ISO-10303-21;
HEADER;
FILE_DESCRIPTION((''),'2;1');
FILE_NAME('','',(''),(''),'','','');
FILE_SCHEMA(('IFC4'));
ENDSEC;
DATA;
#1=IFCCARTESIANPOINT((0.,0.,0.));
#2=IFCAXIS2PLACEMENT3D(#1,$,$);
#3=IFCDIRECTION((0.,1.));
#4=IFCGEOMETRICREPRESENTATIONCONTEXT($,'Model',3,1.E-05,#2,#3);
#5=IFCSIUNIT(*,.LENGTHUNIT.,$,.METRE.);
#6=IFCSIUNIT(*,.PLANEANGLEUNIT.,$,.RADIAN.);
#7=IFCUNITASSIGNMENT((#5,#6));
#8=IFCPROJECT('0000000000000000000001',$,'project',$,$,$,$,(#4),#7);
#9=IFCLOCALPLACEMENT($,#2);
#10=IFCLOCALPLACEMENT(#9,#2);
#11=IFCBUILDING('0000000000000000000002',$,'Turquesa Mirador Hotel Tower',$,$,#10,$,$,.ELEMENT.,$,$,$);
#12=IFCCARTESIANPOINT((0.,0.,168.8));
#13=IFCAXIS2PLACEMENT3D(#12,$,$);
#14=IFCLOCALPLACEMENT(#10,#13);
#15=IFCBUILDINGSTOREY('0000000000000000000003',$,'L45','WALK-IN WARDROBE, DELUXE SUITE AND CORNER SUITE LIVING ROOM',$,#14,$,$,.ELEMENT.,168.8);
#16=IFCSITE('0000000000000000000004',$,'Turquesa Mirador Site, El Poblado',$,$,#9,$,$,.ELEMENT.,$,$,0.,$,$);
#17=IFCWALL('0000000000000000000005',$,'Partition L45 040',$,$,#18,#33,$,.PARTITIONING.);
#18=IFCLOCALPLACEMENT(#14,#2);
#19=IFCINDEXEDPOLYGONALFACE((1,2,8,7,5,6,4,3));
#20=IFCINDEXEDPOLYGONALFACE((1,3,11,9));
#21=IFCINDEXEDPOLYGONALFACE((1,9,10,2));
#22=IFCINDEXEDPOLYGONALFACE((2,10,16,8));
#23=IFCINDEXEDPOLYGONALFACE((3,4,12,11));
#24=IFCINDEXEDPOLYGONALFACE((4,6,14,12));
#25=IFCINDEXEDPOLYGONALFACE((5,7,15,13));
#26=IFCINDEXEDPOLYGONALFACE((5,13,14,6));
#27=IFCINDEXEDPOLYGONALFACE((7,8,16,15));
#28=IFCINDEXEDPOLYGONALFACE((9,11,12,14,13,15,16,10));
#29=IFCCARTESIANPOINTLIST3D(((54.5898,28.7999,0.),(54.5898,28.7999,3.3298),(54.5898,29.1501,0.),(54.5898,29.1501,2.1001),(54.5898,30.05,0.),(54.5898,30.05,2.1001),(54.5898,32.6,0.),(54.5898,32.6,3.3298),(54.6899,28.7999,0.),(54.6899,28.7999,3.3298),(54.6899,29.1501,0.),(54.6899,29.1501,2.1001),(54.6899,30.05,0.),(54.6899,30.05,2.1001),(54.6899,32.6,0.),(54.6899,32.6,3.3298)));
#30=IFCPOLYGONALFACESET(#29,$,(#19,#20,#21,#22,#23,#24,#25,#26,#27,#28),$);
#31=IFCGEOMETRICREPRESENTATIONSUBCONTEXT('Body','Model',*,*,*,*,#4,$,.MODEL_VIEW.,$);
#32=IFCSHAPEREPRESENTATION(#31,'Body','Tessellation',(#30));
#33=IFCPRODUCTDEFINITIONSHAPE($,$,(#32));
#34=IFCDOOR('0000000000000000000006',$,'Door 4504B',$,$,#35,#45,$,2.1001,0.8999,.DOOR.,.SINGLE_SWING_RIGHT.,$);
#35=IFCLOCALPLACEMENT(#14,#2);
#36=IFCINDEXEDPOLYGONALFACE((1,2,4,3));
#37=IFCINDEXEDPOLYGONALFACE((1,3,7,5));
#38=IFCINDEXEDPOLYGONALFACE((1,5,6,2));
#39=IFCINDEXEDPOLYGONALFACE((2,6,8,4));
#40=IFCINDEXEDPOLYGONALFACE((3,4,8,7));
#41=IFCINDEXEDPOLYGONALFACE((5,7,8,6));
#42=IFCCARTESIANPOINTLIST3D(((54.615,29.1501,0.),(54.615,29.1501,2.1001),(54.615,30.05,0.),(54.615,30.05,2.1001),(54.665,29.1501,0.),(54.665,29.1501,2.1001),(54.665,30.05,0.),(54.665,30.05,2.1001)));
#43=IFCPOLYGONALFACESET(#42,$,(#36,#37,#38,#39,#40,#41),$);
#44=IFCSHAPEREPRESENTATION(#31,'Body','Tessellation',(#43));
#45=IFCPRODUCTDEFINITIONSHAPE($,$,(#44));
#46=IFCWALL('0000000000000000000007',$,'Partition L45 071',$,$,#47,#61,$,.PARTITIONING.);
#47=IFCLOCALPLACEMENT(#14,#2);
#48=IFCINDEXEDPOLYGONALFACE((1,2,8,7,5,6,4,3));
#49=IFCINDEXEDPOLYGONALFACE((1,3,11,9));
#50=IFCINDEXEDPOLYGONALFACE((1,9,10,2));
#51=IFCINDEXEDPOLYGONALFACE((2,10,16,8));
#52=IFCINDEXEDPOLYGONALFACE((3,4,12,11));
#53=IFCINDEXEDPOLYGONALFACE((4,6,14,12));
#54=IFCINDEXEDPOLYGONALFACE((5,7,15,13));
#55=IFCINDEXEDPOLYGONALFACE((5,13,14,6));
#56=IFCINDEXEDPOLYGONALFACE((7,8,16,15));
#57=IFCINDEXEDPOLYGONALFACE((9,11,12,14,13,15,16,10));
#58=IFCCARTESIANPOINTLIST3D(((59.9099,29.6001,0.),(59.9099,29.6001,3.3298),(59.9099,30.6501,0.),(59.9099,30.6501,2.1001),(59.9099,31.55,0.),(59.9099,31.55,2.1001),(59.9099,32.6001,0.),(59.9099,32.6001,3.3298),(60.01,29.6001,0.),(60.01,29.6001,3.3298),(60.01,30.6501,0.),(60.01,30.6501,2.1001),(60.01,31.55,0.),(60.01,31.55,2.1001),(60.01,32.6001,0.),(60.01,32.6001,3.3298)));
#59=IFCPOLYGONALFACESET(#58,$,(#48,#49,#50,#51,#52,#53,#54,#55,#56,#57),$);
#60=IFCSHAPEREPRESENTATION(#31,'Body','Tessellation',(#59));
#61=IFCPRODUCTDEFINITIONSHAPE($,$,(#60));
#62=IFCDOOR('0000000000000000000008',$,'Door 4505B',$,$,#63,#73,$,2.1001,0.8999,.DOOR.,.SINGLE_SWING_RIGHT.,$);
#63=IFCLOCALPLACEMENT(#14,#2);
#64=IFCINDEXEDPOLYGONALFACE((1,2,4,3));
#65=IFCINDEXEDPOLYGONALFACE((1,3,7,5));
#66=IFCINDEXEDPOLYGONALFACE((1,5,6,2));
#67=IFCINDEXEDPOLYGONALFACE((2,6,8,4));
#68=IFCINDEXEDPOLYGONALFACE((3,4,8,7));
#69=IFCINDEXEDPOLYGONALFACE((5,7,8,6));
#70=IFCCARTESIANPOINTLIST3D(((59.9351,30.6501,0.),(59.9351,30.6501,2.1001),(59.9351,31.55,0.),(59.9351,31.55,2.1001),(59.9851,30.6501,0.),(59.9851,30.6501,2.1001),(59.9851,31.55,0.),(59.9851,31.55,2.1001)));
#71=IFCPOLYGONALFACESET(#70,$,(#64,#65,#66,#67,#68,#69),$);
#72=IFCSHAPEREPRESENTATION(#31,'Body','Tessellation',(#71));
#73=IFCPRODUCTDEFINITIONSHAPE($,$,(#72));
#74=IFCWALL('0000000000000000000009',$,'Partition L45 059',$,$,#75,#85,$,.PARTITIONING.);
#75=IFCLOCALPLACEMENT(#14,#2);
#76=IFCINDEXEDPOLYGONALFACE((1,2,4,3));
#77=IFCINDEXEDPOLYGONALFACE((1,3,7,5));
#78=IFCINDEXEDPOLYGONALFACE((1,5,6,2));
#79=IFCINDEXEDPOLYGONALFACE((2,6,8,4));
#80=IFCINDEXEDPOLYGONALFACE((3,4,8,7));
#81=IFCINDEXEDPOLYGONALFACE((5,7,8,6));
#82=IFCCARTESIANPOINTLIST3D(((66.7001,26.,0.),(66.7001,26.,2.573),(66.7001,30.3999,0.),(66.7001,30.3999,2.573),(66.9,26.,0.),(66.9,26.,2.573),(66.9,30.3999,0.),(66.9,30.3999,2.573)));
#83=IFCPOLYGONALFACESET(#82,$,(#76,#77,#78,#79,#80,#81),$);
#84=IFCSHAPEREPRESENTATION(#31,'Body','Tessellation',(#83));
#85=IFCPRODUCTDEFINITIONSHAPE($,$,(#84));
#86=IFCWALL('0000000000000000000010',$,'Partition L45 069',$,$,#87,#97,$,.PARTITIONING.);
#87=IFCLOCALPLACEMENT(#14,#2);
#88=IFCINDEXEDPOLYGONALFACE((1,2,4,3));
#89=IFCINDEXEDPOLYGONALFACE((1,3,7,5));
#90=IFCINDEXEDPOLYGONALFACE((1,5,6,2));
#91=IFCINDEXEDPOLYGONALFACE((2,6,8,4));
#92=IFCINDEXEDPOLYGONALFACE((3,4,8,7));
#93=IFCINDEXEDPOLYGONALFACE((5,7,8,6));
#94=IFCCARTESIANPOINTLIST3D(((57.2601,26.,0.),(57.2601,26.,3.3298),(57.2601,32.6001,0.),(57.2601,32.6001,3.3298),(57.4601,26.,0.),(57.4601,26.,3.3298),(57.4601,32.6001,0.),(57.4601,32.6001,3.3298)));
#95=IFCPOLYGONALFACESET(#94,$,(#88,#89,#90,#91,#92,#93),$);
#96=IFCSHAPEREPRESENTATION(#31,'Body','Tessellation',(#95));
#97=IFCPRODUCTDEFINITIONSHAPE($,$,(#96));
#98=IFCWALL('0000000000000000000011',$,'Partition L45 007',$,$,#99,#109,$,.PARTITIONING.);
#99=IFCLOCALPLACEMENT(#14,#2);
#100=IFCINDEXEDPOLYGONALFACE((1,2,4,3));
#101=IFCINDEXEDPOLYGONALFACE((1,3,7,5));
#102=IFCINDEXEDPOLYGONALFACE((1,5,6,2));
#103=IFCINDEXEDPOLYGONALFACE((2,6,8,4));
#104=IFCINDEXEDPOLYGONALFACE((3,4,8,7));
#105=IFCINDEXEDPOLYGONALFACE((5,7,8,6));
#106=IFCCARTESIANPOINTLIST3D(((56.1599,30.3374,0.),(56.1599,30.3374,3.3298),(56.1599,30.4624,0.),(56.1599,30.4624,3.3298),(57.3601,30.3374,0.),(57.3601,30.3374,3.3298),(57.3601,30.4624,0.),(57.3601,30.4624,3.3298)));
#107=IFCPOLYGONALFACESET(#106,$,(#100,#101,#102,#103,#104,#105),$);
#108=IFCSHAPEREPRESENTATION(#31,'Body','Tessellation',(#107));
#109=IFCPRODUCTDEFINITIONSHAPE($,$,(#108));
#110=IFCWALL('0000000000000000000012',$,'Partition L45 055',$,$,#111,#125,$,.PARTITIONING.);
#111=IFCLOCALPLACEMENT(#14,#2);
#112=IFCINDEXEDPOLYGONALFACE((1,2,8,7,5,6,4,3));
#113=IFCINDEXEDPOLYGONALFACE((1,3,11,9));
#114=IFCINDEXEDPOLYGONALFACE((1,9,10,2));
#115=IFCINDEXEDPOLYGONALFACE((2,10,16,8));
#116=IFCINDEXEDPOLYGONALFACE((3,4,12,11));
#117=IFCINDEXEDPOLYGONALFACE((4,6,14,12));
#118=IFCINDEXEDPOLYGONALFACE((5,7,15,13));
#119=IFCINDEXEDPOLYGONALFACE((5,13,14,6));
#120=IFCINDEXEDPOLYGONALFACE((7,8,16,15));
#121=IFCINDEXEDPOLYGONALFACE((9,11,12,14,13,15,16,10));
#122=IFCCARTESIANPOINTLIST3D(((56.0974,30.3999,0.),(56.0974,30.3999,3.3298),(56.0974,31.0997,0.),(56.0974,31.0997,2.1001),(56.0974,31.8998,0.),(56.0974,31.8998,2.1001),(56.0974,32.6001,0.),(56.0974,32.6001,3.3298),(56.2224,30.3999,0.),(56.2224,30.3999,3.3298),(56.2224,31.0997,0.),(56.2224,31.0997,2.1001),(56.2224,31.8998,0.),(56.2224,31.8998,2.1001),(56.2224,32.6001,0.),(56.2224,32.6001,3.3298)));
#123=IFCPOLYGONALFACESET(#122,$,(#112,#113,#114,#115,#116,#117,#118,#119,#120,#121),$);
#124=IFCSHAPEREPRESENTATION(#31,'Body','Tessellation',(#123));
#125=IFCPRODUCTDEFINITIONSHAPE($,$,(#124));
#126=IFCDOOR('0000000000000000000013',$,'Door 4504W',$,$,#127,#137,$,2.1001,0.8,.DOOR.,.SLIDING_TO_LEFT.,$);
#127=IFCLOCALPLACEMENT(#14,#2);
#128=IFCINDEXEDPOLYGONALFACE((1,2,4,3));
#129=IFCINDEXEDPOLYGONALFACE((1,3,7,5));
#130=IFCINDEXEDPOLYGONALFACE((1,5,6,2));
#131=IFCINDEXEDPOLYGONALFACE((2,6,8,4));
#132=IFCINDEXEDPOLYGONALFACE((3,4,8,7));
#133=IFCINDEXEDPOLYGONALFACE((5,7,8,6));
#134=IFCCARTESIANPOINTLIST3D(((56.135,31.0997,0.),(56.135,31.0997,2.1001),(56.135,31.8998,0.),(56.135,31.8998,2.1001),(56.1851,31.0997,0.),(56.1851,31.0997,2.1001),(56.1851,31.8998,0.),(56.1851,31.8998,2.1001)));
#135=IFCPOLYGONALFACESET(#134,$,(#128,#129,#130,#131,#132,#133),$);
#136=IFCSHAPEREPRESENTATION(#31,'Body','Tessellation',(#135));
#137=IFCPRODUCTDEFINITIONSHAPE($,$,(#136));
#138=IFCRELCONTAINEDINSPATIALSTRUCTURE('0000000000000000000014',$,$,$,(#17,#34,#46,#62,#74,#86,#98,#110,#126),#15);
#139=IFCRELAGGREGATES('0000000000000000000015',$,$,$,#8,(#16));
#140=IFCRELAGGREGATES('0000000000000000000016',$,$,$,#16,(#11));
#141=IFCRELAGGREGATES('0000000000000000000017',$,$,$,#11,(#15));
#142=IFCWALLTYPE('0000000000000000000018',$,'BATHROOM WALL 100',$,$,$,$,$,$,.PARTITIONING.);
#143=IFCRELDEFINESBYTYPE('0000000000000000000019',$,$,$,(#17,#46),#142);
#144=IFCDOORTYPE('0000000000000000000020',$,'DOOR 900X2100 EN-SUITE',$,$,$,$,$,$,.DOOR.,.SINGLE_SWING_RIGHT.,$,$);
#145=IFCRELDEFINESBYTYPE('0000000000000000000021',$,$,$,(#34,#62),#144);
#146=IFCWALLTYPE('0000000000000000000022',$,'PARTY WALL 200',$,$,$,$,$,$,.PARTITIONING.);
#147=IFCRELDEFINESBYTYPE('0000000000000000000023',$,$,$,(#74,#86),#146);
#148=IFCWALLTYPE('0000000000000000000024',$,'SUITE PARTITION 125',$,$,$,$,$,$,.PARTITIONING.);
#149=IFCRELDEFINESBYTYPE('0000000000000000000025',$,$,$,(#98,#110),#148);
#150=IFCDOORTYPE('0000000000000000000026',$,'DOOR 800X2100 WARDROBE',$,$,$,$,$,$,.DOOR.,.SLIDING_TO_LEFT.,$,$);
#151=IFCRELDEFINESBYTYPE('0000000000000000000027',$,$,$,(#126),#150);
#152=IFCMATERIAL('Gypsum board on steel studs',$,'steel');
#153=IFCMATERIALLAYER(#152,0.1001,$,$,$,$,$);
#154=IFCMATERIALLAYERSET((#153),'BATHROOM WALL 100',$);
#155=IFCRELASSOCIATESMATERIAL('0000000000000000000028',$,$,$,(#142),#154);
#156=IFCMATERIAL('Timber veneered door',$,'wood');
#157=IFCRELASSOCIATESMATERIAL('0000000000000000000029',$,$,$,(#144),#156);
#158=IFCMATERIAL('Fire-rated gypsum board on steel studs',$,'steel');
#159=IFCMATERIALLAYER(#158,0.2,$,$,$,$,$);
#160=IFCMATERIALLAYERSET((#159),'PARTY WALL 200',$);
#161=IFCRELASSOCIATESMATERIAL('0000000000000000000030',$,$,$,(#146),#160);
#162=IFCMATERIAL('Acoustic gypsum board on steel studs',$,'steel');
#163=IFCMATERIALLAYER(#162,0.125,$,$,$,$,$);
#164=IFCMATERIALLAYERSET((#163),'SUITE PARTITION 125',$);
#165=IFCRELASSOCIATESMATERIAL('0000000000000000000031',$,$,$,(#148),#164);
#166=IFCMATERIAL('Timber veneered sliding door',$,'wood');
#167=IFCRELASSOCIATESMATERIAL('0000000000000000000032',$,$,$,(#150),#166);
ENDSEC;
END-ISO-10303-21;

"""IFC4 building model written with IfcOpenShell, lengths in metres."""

from ifc_helpers import new_model, si_unit, direction, frame, frame_2d, origin, place, context, subcontext, project, spatial, rectangle, extrude, material, layer, layer_set, type_object, element, fill, save


model = new_model("IFC4")

# Units and contexts
model_context = context("Model", 3, precision=1e-05, world=origin(), true_north=direction((0.0, 1.0)))
body_context = subcontext(model_context, "Body", "Model", "MODEL_VIEW")
ifc_project = project(units=[si_unit("LENGTHUNIT", "METRE"), si_unit("PLANEANGLEUNIT", "RADIAN")], contexts=[model_context])

# Site, building, storey
site_placement = place(None, origin())
site = spatial("IfcSite", under=ifc_project, at=site_placement, Name="Turquesa Mirador Site, El Poblado", CompositionType="ELEMENT", RefElevation=0.0)
building_placement = place(site_placement, origin())
building = spatial("IfcBuilding", under=site, at=building_placement, Name="Turquesa Mirador Hotel Tower", CompositionType="ELEMENT")
storey_placement = place(building_placement, frame((0.0, 0.0, 168.8)))
storey = spatial("IfcBuildingStorey", under=building, at=storey_placement, Name="L45", Description="WALK-IN WARDROBE, DELUXE SUITE AND CORNER SUITE LIVING ROOM", CompositionType="ELEMENT", Elevation=168.8)

# Shared definitions
ifc_material_1 = material(Name="Gypsum board on steel studs", Category="steel")
ifc_layer_1 = layer(ifc_material_1, 0.1001)
ifc_layer_set_1 = layer_set([ifc_layer_1], Name="BATHROOM WALL 100")
wall_type_1 = type_object("IfcWallType", Name="BATHROOM WALL 100", PredefinedType="PARTITIONING", material=ifc_layer_set_1)

# Walls, openings, doors
wall_1_placement = place(storey_placement, frame((54.6399, 28.8, 0.0), z_axis=(0.0, 0.0, 1.0), x_axis=(0.0, 1.0, 0.0)))
wall_1 = element("IfcWall", 1, at=wall_1_placement, inside=storey, type_object=wall_type_1, Name="Partition L45 040", PredefinedType="PARTITIONING", context=body_context, shape_type="SweptSolid", body=[
    extrude(rectangle(XDim=3.8, YDim=0.1001, at=frame_2d((1.8999, 0.0))), origin(), (0.0, 0.0, 1.0), 3.3298),
])
opening_1_placement = place(wall_1_placement, frame((0.3501, 0.0, 0.0)))
opening_1 = element("IfcOpeningElement", 2, at=opening_1_placement, cuts=wall_1, PredefinedType="OPENING", context=body_context, shape_type="SweptSolid", body=[
    extrude(rectangle(XDim=0.8999, YDim=2.1001, at=frame_2d((0.45, 1.05))), frame((0.0, 0.0601, 0.0), z_axis=(0.0, -1.0, 0.0), x_axis=(1.0, 0.0, 0.0)), (0.0, 0.0, 1.0), 0.1201),
])
ifc_material_2 = material(Name="Timber veneered door", Category="wood")
door_type_1 = type_object("IfcDoorType", Name="DOOR 900X2100 EN-SUITE", OperationType="SINGLE_SWING_RIGHT", PredefinedType="DOOR", material=ifc_material_2)
door_1_placement = place(opening_1_placement, origin())
door_1 = element("IfcDoor", 3, at=door_1_placement, inside=storey, type_object=door_type_1, Name="Door 4504B", OperationType="SINGLE_SWING_RIGHT", OverallHeight=2.1001, OverallWidth=0.8999, PredefinedType="DOOR", context=body_context, shape_type="SweptSolid", body=[
    extrude(rectangle(XDim=0.8999, YDim=2.1001, at=frame_2d((0.45, 1.05))), frame((0.0, 0.0249, 0.0), z_axis=(0.0, -1.0, 0.0), x_axis=(1.0, 0.0, 0.0)), (0.0, 0.0, 1.0), 0.05),
])
fill(opening_1, door_1)
wall_2_placement = place(storey_placement, frame((59.96, 29.6001, 0.0), z_axis=(0.0, 0.0, 1.0), x_axis=(0.0, 1.0, 0.0)))
wall_2 = element("IfcWall", 4, at=wall_2_placement, inside=storey, type_object=wall_type_1, Name="Partition L45 071", PredefinedType="PARTITIONING", context=body_context, shape_type="SweptSolid", body=[
    extrude(rectangle(XDim=3.0, YDim=0.1001, at=frame_2d((1.5, 0.0))), origin(), (0.0, 0.0, 1.0), 3.3298),
])
opening_2_placement = place(wall_2_placement, frame((1.05, 0.0, 0.0)))
opening_2 = element("IfcOpeningElement", 5, at=opening_2_placement, cuts=wall_2, PredefinedType="OPENING", context=body_context, shape_type="SweptSolid", body=[
    extrude(rectangle(XDim=0.8999, YDim=2.1001, at=frame_2d((0.45, 1.05))), frame((0.0, 0.0601, 0.0), z_axis=(0.0, -1.0, 0.0), x_axis=(1.0, 0.0, 0.0)), (0.0, 0.0, 1.0), 0.1201),
])
door_2_placement = place(opening_2_placement, origin())
door_2 = element("IfcDoor", 6, at=door_2_placement, inside=storey, type_object=door_type_1, Name="Door 4505B", OperationType="SINGLE_SWING_RIGHT", OverallHeight=2.1001, OverallWidth=0.8999, PredefinedType="DOOR", context=body_context, shape_type="SweptSolid", body=[
    extrude(rectangle(XDim=0.8999, YDim=2.1001, at=frame_2d((0.45, 1.05))), frame((0.0, 0.0249, 0.0), z_axis=(0.0, -1.0, 0.0), x_axis=(1.0, 0.0, 0.0)), (0.0, 0.0, 1.0), 0.05),
])
fill(opening_2, door_2)

# Walls
ifc_material_3 = material(Name="Fire-rated gypsum board on steel studs", Category="steel")
ifc_layer_2 = layer(ifc_material_3, 0.2)
ifc_layer_set_2 = layer_set([ifc_layer_2], Name="PARTY WALL 200")
wall_type_2 = type_object("IfcWallType", Name="PARTY WALL 200", PredefinedType="PARTITIONING", material=ifc_layer_set_2)
wall_3_placement = place(storey_placement, frame((66.8, 26.0, 0.0), z_axis=(0.0, 0.0, 1.0), x_axis=(0.0, 1.0, 0.0)))
element("IfcWall", 7, at=wall_3_placement, inside=storey, type_object=wall_type_2, Name="Partition L45 059", PredefinedType="PARTITIONING", context=body_context, shape_type="SweptSolid", body=[
    extrude(rectangle(XDim=4.3999, YDim=0.2, at=frame_2d((2.2, 0.0))), origin(), (0.0, 0.0, 1.0), 2.573),
])
wall_4_placement = place(storey_placement, frame((57.3601, 26.0, 0.0), z_axis=(0.0, 0.0, 1.0), x_axis=(0.0, 1.0, 0.0)))
element("IfcWall", 8, at=wall_4_placement, inside=storey, type_object=wall_type_2, Name="Partition L45 069", PredefinedType="PARTITIONING", context=body_context, shape_type="SweptSolid", body=[
    extrude(rectangle(XDim=6.6001, YDim=0.2, at=frame_2d((3.3, 0.0))), origin(), (0.0, 0.0, 1.0), 3.3298),
])
ifc_material_4 = material(Name="Acoustic gypsum board on steel studs", Category="steel")
ifc_layer_3 = layer(ifc_material_4, 0.125)
ifc_layer_set_3 = layer_set([ifc_layer_3], Name="SUITE PARTITION 125")
wall_type_3 = type_object("IfcWallType", Name="SUITE PARTITION 125", PredefinedType="PARTITIONING", material=ifc_layer_set_3)
wall_5_placement = place(storey_placement, frame((56.1599, 30.3999, 0.0), z_axis=(0.0, 0.0, 1.0), x_axis=(1.0, 0.0, 0.0)))
element("IfcWall", 9, at=wall_5_placement, inside=storey, type_object=wall_type_3, Name="Partition L45 007", PredefinedType="PARTITIONING", context=body_context, shape_type="SweptSolid", body=[
    extrude(rectangle(XDim=1.2002, YDim=0.125, at=frame_2d((0.6001, 0.0))), origin(), (0.0, 0.0, 1.0), 3.3298),
])

# Wall, opening, door
wall_6_placement = place(storey_placement, frame((56.1599, 30.3999, 0.0), z_axis=(0.0, 0.0, 1.0), x_axis=(0.0, 1.0, 0.0)))
wall_6 = element("IfcWall", 10, at=wall_6_placement, inside=storey, type_object=wall_type_3, Name="Partition L45 055", PredefinedType="PARTITIONING", context=body_context, shape_type="SweptSolid", body=[
    extrude(rectangle(XDim=2.2002, YDim=0.125, at=frame_2d((1.1001, 0.0))), origin(), (0.0, 0.0, 1.0), 3.3298),
])
opening_3_placement = place(wall_6_placement, frame((0.7, 0.0, 0.0)))
opening_3 = element("IfcOpeningElement", 11, at=opening_3_placement, cuts=wall_6, PredefinedType="OPENING", context=body_context, shape_type="SweptSolid", body=[
    extrude(rectangle(XDim=0.8, YDim=2.1001, at=frame_2d((0.3999, 1.05))), frame((0.0, 0.0725, 0.0), z_axis=(0.0, -1.0, 0.0), x_axis=(1.0, 0.0, 0.0)), (0.0, 0.0, 1.0), 0.145),
])
ifc_material_5 = material(Name="Timber veneered sliding door", Category="wood")
door_type_2 = type_object("IfcDoorType", Name="DOOR 800X2100 WARDROBE", OperationType="SLIDING_TO_LEFT", PredefinedType="DOOR", material=ifc_material_5)
door_3_placement = place(opening_3_placement, origin())
door_3 = element("IfcDoor", 12, at=door_3_placement, inside=storey, type_object=door_type_2, Name="Door 4504W", OperationType="SLIDING_TO_LEFT", OverallHeight=2.1001, OverallWidth=0.8, PredefinedType="DOOR", context=body_context, shape_type="SweptSolid", body=[
    extrude(rectangle(XDim=0.8, YDim=2.1001, at=frame_2d((0.3999, 1.05))), frame((0.0, 0.0249, 0.0), z_axis=(0.0, -1.0, 0.0), x_axis=(1.0, 0.0, 0.0)), (0.0, 0.0, 1.0), 0.05),
])
fill(opening_3, door_3)

save(model, "model.ifc")
